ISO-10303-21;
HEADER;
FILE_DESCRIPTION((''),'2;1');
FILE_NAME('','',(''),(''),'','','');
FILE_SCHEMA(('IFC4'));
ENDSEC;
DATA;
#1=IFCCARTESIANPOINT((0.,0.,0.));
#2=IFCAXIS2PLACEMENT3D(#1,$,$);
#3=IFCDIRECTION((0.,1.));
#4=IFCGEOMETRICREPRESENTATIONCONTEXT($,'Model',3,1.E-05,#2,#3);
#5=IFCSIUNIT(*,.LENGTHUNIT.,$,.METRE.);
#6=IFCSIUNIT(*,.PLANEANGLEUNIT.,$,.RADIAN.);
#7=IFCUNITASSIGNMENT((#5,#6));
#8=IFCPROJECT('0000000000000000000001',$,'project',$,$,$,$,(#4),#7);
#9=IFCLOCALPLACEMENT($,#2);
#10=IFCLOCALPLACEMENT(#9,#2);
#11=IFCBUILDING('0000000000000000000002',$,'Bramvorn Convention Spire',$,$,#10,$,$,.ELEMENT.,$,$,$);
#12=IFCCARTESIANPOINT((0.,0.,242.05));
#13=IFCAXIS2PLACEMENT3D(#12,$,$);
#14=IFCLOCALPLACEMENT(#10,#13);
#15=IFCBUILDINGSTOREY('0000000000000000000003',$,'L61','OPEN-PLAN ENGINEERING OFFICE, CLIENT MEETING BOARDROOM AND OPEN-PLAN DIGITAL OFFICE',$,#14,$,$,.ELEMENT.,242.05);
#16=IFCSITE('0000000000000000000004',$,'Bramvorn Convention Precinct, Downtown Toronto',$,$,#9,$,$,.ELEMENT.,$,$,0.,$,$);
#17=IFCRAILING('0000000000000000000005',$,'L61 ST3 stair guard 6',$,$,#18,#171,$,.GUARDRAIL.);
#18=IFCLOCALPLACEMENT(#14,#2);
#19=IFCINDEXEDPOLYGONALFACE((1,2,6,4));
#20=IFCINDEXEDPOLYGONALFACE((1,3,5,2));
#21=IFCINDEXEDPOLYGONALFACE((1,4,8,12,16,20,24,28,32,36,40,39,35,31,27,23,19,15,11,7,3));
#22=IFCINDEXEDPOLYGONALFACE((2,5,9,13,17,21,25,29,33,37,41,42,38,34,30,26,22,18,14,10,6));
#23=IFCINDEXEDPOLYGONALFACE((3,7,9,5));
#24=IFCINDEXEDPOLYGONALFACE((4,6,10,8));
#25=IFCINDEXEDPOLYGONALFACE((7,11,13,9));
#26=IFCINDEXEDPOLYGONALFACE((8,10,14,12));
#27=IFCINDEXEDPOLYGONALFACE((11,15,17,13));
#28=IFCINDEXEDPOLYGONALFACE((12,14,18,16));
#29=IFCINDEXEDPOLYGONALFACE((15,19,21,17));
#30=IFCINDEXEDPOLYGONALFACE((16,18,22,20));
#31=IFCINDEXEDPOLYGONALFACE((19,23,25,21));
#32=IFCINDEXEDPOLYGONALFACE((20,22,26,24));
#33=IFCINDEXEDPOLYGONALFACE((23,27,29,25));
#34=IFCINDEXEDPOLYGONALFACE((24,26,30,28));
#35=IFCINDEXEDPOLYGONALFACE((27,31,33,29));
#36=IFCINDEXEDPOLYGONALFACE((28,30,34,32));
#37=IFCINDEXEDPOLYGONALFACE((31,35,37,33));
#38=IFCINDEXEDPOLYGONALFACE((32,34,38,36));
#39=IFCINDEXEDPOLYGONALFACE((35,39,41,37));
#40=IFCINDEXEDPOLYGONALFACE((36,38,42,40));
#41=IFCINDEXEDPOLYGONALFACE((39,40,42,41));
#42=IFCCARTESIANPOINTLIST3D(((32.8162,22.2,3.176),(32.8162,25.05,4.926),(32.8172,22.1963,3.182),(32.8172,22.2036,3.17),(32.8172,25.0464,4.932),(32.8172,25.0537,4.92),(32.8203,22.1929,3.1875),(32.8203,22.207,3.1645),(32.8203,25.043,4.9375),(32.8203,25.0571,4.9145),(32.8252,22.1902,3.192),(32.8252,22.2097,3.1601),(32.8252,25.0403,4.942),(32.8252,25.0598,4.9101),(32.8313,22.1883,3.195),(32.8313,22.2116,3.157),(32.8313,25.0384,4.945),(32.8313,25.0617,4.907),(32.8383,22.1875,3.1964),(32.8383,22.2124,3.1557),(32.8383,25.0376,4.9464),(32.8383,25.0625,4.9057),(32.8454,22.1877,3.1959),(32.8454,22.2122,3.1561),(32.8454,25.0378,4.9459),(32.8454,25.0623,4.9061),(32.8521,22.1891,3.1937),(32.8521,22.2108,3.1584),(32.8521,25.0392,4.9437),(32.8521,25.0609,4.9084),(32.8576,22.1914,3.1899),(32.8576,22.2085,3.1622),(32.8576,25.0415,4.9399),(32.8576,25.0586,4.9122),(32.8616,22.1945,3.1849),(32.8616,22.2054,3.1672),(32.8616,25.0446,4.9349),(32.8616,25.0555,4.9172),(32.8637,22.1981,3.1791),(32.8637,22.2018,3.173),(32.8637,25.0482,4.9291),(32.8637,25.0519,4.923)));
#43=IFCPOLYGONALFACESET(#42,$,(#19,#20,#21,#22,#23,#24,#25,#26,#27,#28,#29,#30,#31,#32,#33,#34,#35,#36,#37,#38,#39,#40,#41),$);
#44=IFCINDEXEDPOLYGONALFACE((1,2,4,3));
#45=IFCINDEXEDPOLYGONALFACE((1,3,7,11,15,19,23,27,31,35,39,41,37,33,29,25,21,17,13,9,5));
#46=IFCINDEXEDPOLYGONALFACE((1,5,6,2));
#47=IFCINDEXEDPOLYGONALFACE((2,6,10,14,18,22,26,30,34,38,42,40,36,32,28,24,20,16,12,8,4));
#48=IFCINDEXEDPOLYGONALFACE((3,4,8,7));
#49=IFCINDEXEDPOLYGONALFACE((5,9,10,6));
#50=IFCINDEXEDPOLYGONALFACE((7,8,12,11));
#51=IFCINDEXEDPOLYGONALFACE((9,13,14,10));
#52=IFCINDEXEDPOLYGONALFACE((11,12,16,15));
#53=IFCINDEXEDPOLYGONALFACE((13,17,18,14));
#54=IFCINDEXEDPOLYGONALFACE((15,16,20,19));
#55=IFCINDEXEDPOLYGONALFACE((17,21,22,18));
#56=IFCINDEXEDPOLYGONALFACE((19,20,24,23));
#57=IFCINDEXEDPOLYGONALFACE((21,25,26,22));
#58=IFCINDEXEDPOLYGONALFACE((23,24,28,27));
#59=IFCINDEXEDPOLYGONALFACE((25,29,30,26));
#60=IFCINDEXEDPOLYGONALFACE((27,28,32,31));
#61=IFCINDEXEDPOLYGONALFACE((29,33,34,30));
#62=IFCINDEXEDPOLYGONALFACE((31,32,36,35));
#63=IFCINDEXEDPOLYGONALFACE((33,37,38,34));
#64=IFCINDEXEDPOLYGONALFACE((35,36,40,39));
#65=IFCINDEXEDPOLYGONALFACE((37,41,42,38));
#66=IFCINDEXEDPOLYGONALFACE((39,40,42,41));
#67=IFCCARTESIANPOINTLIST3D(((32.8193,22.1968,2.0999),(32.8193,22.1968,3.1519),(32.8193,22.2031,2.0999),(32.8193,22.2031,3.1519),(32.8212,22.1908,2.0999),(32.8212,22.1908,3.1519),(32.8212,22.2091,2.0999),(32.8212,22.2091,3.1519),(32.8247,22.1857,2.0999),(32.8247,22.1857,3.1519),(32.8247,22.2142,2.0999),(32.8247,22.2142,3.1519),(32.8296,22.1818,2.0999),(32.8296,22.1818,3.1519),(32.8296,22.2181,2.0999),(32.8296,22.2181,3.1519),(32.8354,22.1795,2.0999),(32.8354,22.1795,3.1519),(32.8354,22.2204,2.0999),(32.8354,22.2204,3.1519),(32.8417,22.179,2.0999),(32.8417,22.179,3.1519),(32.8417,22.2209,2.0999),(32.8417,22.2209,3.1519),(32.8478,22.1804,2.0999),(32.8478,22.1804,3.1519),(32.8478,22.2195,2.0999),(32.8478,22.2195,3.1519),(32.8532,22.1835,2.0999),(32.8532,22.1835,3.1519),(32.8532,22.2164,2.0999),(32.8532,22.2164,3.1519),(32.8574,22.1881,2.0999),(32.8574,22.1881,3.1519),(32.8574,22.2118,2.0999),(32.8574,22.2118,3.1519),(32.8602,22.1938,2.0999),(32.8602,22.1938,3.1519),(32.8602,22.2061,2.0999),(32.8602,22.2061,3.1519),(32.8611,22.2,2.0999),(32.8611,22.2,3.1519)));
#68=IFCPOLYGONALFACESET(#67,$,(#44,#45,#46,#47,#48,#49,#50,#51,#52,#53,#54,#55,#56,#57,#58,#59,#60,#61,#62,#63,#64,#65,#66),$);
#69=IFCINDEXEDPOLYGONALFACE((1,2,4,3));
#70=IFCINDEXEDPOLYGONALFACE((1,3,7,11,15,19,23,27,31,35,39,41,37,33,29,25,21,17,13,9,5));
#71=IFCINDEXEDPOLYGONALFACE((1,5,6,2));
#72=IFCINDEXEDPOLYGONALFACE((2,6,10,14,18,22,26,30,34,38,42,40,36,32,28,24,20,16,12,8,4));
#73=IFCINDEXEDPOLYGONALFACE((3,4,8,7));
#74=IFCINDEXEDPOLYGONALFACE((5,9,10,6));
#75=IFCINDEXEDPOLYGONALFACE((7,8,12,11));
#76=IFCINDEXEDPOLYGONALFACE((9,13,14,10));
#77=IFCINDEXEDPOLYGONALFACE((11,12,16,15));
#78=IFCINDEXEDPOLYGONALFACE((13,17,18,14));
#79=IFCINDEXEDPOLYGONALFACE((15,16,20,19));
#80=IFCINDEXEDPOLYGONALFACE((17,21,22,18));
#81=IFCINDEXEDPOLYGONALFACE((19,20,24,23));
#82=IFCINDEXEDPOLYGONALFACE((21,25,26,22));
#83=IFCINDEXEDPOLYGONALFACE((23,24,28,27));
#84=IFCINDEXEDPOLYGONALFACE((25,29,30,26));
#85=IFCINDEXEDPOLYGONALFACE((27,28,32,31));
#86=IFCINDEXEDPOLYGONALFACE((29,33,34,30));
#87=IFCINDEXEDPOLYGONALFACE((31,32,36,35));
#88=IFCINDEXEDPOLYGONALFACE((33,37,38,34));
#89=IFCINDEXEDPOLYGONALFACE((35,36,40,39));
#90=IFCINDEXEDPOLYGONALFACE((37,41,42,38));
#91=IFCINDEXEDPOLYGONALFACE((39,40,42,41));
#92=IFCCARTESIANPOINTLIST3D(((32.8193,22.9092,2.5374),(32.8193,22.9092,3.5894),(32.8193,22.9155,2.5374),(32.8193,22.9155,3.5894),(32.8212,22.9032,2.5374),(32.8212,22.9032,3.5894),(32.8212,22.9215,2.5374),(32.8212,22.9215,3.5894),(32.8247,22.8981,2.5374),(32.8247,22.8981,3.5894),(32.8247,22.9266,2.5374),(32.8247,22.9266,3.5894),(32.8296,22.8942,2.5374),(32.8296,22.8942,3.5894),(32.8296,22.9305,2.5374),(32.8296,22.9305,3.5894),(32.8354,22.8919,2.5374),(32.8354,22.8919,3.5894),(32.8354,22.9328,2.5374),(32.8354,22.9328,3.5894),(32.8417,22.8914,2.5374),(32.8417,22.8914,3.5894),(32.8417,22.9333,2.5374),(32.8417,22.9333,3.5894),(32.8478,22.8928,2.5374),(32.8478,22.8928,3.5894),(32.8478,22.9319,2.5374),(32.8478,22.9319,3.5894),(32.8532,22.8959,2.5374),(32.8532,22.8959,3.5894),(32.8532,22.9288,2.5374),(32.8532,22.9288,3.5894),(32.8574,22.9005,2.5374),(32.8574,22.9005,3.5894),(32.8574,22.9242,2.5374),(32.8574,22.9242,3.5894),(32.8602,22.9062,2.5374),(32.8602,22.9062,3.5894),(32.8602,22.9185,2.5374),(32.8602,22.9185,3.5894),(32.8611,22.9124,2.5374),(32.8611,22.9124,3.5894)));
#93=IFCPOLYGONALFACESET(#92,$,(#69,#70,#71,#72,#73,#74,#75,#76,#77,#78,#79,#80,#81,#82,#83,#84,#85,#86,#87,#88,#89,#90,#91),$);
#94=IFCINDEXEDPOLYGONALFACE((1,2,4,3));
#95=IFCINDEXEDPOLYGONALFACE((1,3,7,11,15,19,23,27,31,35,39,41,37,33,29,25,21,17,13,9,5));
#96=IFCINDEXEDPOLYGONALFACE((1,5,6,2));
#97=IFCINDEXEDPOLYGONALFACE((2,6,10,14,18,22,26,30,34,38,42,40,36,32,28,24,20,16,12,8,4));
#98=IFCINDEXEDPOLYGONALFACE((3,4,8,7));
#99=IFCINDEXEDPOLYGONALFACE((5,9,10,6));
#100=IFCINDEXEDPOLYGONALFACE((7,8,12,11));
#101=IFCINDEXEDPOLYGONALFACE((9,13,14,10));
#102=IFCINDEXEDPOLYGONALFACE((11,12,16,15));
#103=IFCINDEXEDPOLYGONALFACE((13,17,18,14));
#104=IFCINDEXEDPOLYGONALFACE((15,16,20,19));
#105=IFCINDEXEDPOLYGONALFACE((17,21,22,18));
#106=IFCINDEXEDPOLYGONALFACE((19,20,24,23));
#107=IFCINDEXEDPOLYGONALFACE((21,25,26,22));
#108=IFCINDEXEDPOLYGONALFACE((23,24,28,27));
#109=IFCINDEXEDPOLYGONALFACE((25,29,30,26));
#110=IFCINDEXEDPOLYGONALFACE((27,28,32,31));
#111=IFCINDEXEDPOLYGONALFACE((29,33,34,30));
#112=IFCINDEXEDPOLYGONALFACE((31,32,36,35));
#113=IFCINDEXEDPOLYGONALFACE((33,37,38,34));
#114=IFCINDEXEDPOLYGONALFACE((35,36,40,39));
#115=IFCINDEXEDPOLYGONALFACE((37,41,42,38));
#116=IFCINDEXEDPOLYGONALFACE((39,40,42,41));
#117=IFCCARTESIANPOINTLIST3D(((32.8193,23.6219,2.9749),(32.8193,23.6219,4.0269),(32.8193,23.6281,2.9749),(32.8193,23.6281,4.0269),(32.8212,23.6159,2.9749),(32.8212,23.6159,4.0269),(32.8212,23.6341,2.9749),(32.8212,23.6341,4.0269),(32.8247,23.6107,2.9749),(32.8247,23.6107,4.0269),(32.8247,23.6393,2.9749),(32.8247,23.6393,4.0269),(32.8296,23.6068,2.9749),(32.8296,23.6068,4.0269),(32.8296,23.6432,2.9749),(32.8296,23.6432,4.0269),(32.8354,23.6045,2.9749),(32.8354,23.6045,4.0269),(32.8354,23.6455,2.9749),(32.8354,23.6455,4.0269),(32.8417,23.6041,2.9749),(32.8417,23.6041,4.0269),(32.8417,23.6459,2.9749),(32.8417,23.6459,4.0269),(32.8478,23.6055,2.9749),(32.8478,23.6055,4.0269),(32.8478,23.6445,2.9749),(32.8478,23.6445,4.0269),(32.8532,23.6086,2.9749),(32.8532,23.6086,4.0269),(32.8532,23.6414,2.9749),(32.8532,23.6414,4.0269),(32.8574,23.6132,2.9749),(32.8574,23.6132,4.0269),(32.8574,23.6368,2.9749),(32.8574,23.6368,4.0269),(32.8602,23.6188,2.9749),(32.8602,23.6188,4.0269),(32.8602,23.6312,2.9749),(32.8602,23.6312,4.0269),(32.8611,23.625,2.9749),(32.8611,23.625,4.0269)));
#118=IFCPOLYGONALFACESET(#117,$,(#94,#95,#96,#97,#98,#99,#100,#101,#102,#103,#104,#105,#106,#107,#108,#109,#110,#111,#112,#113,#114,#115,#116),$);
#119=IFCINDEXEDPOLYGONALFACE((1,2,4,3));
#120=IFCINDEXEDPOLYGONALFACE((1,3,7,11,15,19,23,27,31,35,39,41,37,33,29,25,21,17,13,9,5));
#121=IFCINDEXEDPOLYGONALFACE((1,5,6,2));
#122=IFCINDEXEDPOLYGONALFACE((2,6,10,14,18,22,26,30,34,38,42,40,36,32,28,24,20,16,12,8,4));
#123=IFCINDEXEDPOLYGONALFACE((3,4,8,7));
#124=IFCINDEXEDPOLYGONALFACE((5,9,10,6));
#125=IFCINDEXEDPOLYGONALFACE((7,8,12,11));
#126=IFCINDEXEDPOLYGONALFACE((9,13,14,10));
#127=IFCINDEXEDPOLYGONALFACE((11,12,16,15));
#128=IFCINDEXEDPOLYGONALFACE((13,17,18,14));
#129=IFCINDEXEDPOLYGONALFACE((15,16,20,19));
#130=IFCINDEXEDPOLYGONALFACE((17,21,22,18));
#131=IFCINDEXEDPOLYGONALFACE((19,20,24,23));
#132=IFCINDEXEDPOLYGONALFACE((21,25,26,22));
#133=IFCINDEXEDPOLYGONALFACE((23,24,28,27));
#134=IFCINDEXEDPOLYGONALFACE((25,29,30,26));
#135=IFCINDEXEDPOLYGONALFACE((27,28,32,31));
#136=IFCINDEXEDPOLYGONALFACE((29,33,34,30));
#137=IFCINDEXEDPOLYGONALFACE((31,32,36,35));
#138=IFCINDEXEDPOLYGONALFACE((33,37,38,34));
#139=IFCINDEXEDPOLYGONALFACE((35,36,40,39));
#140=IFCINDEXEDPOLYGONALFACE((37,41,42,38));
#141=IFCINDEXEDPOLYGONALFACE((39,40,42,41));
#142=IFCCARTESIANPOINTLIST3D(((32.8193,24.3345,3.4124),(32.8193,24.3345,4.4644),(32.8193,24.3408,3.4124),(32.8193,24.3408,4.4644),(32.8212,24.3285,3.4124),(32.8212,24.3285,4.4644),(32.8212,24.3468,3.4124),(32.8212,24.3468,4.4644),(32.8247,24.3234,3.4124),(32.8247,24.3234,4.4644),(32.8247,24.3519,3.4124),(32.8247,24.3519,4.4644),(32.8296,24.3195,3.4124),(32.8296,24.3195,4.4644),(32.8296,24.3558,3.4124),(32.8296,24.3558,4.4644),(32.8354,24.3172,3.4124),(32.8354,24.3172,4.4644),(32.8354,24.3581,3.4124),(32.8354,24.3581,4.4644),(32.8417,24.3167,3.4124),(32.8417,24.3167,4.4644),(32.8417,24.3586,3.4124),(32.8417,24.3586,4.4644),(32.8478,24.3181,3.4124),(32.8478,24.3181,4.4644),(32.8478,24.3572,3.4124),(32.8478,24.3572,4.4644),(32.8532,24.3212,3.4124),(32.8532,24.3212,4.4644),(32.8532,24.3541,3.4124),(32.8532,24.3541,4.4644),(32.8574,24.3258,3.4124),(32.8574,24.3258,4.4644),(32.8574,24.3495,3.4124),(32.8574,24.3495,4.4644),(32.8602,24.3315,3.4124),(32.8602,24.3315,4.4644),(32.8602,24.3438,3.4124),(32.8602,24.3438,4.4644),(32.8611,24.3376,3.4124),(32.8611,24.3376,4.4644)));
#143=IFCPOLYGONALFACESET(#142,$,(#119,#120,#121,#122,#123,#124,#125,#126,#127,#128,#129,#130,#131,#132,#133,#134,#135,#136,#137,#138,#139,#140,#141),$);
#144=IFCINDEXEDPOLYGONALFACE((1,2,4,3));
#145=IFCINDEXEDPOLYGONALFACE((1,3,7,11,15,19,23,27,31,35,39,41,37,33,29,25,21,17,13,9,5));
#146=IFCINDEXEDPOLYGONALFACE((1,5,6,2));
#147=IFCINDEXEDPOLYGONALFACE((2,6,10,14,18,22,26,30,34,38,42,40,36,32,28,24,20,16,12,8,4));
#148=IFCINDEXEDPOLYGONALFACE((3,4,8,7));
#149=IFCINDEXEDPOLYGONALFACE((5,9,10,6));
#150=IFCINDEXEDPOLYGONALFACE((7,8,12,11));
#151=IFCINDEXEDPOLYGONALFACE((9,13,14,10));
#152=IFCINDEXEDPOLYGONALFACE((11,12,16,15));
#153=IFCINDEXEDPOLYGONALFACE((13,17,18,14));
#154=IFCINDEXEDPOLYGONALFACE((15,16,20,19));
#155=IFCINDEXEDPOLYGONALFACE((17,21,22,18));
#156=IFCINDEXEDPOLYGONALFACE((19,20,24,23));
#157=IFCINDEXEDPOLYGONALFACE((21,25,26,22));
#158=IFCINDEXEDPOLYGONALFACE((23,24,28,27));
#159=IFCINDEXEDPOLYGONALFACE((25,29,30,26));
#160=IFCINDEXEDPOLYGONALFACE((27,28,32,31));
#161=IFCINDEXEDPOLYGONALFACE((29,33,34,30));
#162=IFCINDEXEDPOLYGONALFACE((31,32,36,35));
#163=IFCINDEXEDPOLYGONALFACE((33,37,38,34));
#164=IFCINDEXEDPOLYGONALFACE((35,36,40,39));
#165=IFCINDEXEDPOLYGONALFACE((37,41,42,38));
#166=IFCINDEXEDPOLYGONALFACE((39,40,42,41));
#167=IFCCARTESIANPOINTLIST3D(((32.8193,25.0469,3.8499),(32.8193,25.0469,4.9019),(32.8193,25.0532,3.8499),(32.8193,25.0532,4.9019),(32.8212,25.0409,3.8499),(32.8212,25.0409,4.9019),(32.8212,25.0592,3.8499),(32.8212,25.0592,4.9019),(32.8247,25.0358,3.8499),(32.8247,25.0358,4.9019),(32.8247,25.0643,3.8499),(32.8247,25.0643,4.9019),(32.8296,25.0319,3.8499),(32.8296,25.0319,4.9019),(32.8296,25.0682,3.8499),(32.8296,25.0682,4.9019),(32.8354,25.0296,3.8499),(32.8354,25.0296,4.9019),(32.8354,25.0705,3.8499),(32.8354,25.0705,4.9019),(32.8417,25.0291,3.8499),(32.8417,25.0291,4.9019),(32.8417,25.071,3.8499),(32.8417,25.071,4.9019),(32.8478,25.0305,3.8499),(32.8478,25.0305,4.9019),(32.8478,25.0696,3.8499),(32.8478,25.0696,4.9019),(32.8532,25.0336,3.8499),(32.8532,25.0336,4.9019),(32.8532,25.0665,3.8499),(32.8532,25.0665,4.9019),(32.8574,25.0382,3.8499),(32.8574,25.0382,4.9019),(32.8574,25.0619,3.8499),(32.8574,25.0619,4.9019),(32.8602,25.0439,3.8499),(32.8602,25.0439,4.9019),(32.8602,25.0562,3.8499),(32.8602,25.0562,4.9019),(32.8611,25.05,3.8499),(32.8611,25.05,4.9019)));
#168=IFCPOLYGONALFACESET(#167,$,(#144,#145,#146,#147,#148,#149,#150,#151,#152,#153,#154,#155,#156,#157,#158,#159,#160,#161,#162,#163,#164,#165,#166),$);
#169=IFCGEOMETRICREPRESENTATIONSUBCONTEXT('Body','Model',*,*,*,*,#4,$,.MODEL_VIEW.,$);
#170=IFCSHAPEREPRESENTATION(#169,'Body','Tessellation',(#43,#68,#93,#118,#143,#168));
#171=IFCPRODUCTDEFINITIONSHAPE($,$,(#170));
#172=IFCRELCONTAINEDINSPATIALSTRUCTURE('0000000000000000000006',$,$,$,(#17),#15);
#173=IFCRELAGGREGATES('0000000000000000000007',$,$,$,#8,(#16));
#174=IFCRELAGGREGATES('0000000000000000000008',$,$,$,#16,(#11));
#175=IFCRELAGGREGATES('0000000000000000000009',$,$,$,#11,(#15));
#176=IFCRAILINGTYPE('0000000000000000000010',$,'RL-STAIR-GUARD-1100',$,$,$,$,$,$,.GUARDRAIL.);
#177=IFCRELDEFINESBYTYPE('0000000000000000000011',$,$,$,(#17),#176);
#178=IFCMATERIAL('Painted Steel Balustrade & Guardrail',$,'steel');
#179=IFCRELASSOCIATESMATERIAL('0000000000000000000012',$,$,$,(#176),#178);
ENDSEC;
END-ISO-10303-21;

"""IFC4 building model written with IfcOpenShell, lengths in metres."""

from ifc_helpers import new_model, si_unit, direction, frame, origin, origin_2d, place, context, subcontext, project, spatial, circle, extrude, material, type_object, element, save


model = new_model("IFC4")

# Units and contexts
model_context = context("Model", 3, precision=1e-05, world=origin(), true_north=direction((0.0, 1.0)))
body_context = subcontext(model_context, "Body", "Model", "MODEL_VIEW")
ifc_project = project(units=[si_unit("LENGTHUNIT", "METRE"), si_unit("PLANEANGLEUNIT", "RADIAN")], contexts=[model_context])

# Site, building, storey
site_placement = place(None, origin())
site = spatial("IfcSite", under=ifc_project, at=site_placement, Name="Bramvorn Convention Precinct, Downtown Toronto", CompositionType="ELEMENT", RefElevation=0.0)
building_placement = place(site_placement, origin())
building = spatial("IfcBuilding", under=site, at=building_placement, Name="Bramvorn Convention Spire", CompositionType="ELEMENT")
storey_placement = place(building_placement, frame((0.0, 0.0, 242.05)))
storey = spatial("IfcBuildingStorey", under=building, at=storey_placement, Name="L61", Description="OPEN-PLAN ENGINEERING OFFICE, CLIENT MEETING BOARDROOM AND OPEN-PLAN DIGITAL OFFICE", CompositionType="ELEMENT", Elevation=242.05)

# Railing
ifc_material_1 = material(Name="Painted Steel Balustrade & Guardrail", Category="steel")
railing_type_1 = type_object("IfcRailingType", Name="RL-STAIR-GUARD-1100", PredefinedType="GUARDRAIL", material=ifc_material_1)
railing_1_placement = place(storey_placement, frame((32.8401, 22.2, 2.0999)))
element("IfcRailing", 1, at=railing_1_placement, inside=storey, type_object=railing_type_1, Name="L61 ST3 stair guard 6", PredefinedType="GUARDRAIL", context=body_context, shape_type="SweptSolid", body=[
    extrude(circle(Radius=0.0239, at=origin_2d()), frame((0.0, 0.0, 1.0762), z_axis=(0.0, 0.852179, 0.52325), x_axis=(-1.0, 0.0, 0.0)), (0.0, 0.0, 1.0), 3.3445),
    extrude(circle(Radius=0.021, at=origin_2d()), origin(), (0.0, 0.0, 1.0), 1.052),
    extrude(circle(Radius=0.021, at=origin_2d()), frame((0.0, 0.7124, 0.4375)), (0.0, 0.0, 1.0), 1.052),
    extrude(circle(Radius=0.021, at=origin_2d()), frame((0.0, 1.425, 0.875)), (0.0, 0.0, 1.0), 1.052),
    extrude(circle(Radius=0.021, at=origin_2d()), frame((0.0, 2.1377, 1.3125)), (0.0, 0.0, 1.0), 1.052),
    extrude(circle(Radius=0.021, at=origin_2d()), frame((0.0, 2.8501, 1.75)), (0.0, 0.0, 1.0), 1.052),
])

save(model, "model.ifc")
